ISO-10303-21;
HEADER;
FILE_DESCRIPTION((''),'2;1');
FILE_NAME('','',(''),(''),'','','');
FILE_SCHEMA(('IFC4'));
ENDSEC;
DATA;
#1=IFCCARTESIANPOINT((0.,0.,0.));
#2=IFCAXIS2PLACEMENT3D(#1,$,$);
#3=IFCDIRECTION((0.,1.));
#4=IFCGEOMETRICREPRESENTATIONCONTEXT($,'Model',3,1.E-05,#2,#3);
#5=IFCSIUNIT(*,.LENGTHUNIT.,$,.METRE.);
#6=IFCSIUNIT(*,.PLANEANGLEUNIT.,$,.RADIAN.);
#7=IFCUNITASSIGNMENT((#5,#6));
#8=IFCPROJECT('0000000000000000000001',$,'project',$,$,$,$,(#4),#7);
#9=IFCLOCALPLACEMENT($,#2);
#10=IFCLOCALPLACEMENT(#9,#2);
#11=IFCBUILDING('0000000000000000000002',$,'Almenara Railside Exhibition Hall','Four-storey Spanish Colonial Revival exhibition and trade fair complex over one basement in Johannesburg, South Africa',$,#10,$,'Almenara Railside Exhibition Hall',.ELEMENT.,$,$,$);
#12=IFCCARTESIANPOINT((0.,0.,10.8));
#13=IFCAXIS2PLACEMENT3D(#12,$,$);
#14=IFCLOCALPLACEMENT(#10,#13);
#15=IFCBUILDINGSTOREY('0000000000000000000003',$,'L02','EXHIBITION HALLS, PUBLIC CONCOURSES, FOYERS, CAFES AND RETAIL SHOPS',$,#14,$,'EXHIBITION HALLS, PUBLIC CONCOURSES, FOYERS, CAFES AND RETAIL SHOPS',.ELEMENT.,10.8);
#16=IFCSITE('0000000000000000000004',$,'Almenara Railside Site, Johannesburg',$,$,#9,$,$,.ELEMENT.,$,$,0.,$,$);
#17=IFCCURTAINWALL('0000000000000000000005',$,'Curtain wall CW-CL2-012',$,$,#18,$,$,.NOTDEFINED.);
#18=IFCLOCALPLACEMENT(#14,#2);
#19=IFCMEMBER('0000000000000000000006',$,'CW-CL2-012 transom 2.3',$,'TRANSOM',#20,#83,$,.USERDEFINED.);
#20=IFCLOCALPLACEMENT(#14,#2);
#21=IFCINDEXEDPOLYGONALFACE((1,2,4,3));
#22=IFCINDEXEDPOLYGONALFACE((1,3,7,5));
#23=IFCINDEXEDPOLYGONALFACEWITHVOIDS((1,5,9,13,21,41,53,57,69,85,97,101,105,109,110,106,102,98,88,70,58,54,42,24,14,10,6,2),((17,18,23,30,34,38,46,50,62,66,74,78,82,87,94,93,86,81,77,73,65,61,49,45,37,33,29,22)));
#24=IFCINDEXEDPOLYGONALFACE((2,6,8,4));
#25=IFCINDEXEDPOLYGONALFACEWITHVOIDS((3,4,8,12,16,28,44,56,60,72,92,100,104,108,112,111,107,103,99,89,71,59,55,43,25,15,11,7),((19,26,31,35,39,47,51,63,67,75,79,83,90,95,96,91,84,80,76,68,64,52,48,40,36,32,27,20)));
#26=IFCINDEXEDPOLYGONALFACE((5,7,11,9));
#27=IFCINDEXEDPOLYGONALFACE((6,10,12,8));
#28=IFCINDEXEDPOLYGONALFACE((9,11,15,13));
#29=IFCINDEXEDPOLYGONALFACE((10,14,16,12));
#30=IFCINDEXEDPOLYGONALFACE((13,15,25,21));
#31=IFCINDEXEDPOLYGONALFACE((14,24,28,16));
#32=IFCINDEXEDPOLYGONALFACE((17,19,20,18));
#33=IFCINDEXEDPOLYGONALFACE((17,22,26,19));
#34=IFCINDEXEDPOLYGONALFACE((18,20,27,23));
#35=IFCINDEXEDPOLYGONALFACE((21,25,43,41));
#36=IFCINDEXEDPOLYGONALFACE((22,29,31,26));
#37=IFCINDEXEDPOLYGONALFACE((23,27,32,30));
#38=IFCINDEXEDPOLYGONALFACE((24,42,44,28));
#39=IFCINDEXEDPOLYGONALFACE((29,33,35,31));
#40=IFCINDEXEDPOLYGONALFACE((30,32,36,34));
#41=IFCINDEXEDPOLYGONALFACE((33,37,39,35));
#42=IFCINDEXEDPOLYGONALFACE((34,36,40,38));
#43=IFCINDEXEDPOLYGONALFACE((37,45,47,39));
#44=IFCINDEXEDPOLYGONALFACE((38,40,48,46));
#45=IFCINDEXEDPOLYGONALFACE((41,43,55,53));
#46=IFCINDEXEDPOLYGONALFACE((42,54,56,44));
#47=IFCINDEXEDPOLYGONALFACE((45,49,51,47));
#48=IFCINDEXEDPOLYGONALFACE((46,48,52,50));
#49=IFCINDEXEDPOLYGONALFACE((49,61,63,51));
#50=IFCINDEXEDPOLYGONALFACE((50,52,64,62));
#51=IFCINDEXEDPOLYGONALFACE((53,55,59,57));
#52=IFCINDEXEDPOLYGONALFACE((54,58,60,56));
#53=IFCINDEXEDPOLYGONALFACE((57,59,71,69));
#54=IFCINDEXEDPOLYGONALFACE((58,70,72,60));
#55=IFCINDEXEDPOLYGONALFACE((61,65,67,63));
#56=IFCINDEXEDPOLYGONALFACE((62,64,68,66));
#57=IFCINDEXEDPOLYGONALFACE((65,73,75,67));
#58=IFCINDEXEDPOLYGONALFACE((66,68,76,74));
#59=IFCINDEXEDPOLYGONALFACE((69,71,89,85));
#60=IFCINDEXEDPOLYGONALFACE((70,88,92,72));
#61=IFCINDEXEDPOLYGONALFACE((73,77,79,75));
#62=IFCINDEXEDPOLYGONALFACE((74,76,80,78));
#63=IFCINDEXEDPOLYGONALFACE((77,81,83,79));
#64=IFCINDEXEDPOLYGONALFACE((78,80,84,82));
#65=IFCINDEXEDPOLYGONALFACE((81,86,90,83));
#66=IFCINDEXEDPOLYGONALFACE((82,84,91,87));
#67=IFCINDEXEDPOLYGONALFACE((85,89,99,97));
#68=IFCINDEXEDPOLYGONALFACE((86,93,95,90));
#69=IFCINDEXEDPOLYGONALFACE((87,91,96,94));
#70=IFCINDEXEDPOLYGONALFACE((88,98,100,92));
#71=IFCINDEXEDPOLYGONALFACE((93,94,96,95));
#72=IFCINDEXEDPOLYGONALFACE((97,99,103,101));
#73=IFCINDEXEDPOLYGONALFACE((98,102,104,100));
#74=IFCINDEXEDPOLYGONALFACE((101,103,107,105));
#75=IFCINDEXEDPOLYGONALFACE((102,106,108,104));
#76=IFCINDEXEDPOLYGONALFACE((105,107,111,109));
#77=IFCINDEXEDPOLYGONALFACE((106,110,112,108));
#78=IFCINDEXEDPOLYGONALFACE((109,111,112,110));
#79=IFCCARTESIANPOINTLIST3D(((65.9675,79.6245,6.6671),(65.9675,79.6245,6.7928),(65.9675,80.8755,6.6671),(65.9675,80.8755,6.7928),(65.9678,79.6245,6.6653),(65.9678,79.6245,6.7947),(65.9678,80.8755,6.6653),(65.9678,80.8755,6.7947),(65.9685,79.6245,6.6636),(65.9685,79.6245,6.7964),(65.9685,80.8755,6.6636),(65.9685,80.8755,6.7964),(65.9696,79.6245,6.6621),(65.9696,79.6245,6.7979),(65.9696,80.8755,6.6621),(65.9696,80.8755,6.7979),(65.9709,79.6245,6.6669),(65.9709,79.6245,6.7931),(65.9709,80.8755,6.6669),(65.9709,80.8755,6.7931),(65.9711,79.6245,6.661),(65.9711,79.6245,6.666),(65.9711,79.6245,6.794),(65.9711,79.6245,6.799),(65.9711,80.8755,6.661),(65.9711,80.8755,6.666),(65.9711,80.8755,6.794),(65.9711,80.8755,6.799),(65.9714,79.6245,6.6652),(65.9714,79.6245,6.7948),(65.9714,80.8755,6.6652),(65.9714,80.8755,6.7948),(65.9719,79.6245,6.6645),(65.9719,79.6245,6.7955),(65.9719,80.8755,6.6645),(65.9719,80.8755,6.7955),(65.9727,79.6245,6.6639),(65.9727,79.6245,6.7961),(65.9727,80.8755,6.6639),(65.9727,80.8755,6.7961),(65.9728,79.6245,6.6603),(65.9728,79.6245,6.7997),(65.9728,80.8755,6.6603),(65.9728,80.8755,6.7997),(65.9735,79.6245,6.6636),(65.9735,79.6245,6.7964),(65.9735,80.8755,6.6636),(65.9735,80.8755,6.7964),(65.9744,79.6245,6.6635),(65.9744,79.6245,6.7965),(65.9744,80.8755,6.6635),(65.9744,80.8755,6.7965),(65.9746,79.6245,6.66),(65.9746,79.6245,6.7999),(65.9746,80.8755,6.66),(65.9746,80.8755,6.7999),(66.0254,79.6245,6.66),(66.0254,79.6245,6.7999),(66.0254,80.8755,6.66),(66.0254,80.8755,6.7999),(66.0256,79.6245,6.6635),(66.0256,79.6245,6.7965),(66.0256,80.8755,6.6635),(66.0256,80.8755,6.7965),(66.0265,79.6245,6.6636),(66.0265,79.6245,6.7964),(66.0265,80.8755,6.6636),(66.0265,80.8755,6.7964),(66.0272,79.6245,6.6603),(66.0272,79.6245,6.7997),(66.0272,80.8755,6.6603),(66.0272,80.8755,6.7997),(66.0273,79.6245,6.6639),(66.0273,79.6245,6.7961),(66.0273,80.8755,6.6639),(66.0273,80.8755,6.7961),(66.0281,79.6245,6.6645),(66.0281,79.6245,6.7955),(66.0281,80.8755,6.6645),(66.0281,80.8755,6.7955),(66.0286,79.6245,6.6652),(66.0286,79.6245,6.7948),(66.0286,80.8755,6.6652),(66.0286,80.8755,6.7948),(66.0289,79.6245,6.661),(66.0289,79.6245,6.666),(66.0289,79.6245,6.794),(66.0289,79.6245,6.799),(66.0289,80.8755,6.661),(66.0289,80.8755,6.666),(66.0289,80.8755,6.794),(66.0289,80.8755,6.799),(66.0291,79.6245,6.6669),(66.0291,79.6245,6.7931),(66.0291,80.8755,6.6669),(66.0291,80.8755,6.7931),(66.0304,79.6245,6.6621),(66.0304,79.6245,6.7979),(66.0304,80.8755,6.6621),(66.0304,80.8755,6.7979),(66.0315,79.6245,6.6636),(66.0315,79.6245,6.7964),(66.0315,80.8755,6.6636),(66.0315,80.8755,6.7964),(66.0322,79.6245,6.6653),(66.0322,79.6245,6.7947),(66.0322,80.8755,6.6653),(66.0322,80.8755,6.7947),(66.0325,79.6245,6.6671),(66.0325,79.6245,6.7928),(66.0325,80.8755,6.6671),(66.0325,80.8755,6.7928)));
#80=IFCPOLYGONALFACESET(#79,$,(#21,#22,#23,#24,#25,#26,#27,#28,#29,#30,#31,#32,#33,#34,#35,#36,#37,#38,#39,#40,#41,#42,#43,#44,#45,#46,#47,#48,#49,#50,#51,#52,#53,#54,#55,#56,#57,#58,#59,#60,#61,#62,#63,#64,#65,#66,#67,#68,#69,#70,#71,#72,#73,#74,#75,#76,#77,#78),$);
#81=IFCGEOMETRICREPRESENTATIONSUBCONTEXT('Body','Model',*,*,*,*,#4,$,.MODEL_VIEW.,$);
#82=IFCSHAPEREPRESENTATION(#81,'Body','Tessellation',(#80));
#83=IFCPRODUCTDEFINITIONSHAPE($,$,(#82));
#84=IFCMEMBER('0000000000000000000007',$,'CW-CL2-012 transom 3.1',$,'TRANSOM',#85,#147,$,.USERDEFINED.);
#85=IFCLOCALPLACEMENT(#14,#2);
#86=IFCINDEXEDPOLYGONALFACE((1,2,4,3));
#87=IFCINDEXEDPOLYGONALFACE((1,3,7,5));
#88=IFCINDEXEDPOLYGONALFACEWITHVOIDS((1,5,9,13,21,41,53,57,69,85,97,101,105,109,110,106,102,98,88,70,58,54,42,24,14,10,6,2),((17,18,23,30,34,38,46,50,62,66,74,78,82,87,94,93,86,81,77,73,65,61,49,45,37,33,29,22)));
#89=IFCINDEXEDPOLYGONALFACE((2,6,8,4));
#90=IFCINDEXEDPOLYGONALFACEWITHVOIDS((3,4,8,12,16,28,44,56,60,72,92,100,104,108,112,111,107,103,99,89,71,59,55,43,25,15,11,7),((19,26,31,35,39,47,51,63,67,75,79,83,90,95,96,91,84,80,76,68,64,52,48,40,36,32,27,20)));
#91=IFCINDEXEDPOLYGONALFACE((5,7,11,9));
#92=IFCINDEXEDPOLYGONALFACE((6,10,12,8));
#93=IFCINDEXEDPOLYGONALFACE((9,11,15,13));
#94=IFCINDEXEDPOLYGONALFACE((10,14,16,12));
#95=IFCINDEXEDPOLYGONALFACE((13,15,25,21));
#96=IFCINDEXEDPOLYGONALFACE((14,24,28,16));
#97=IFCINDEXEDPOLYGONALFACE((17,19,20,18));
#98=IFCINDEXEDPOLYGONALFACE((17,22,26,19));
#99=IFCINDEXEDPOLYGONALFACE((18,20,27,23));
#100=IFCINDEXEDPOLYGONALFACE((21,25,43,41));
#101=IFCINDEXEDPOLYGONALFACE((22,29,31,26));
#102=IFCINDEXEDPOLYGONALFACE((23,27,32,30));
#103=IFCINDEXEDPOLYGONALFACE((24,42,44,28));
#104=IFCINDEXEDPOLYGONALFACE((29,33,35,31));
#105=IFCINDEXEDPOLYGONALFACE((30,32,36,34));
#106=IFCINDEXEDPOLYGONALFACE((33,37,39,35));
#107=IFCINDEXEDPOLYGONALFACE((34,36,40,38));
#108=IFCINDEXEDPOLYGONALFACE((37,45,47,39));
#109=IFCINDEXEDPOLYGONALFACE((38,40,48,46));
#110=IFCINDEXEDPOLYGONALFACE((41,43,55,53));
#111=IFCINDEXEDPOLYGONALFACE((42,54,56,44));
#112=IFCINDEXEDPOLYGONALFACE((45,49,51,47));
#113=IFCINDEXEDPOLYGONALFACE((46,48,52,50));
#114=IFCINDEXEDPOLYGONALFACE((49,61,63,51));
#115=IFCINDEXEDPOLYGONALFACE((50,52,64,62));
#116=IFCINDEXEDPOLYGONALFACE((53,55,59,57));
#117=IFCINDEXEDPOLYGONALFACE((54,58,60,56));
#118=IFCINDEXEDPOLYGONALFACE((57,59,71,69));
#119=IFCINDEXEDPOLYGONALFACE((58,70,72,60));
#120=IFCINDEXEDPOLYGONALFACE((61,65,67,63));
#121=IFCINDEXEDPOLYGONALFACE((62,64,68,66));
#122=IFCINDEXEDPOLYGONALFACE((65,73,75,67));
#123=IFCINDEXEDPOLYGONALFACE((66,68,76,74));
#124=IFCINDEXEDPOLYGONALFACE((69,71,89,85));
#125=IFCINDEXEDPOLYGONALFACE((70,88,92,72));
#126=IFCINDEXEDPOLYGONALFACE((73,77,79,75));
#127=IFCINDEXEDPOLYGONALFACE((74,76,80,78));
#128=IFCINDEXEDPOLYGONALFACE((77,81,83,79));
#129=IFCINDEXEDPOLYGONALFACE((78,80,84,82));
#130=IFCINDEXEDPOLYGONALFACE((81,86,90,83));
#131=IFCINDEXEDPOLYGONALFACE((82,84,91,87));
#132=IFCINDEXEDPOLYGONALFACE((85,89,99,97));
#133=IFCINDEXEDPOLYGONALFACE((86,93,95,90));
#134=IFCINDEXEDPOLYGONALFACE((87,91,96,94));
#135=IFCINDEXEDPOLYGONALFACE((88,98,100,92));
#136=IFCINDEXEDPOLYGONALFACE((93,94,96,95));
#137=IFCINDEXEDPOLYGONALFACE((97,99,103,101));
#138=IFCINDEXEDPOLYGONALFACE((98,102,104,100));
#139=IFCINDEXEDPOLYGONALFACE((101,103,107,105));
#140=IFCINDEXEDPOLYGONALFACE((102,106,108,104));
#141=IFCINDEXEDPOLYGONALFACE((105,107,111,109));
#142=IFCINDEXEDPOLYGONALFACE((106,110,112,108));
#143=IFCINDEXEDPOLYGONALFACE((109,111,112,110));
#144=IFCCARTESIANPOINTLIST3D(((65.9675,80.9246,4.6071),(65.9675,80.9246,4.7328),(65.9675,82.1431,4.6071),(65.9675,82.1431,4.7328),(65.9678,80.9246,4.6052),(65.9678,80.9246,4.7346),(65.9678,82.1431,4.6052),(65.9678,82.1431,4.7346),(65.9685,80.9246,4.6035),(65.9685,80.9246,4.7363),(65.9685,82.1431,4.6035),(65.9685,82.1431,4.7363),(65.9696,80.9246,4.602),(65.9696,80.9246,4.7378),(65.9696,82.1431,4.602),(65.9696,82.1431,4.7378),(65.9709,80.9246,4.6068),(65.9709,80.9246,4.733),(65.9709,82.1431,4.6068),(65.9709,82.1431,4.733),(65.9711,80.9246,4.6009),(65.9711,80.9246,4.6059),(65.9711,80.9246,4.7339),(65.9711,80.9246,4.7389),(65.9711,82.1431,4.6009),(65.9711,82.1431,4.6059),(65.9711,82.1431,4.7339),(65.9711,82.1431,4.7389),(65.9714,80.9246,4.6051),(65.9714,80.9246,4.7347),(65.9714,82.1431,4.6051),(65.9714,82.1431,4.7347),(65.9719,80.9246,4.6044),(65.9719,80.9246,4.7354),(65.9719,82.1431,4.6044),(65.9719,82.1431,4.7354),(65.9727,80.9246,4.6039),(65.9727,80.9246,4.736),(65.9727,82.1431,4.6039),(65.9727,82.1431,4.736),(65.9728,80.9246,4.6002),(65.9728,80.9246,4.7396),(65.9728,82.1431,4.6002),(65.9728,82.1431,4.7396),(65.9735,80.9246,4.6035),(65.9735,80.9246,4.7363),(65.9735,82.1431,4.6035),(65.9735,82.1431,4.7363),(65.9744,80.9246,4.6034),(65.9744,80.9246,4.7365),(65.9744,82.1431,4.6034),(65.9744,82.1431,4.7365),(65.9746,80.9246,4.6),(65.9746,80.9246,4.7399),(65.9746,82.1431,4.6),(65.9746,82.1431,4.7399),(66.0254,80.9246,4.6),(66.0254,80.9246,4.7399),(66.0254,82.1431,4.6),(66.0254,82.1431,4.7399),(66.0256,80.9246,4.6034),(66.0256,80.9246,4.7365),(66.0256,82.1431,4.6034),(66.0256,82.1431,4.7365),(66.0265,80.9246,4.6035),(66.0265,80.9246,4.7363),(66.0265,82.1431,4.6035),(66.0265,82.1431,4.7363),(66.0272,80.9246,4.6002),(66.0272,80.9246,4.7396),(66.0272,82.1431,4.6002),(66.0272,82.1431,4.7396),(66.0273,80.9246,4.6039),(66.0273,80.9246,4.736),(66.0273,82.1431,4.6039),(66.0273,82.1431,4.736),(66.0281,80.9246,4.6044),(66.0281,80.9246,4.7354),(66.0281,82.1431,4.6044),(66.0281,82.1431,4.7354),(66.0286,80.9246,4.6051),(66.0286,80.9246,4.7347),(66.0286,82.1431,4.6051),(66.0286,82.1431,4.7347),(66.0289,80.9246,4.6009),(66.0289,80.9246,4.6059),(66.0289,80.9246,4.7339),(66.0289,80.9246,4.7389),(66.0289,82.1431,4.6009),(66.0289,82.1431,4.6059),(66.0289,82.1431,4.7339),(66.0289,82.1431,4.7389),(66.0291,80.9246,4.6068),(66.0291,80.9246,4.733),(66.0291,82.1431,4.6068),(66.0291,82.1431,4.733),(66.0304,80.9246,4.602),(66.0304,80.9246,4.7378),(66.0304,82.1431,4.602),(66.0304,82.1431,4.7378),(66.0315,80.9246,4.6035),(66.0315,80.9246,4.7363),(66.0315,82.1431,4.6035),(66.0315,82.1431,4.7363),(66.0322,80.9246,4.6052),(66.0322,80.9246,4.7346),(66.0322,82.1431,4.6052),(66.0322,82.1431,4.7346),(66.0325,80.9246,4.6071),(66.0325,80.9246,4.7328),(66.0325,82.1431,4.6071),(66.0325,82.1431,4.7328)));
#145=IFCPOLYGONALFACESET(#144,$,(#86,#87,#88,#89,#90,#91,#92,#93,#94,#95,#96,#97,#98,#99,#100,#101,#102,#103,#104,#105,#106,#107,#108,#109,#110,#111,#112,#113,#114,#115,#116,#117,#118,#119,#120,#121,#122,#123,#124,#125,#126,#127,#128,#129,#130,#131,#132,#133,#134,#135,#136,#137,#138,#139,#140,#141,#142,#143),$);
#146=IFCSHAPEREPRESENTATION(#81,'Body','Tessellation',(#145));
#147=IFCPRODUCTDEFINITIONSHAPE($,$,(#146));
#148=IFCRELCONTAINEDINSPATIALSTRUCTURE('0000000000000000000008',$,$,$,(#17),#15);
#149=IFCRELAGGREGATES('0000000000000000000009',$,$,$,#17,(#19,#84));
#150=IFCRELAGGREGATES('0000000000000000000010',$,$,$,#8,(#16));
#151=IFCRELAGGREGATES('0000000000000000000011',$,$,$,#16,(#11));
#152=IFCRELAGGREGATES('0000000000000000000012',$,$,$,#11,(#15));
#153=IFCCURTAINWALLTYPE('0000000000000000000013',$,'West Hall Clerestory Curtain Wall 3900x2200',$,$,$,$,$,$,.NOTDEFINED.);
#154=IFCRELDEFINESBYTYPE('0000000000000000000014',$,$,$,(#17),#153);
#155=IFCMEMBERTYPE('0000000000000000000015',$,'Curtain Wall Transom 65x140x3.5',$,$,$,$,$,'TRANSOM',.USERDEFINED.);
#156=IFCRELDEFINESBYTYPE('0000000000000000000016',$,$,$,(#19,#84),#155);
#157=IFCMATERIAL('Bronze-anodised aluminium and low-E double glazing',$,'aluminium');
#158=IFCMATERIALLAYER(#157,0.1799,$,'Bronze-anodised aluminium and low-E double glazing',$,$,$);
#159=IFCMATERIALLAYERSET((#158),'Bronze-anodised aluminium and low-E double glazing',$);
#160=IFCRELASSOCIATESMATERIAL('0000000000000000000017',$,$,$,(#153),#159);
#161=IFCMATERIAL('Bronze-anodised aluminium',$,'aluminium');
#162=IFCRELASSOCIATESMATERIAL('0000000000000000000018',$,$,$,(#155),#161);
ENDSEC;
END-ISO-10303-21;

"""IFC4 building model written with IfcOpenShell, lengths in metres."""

from ifc_helpers import new_model, si_unit, direction, frame, origin, origin_2d, place, context, subcontext, project, spatial, hollow_rectangle, extrude, material, layer, layer_set, material_profile, profile_set, type_object, element, aggregate, save


model = new_model("IFC4")

# Units and contexts
model_context = context("Model", 3, precision=1e-05, world=origin(), true_north=direction((0.0, 1.0)))
body_context = subcontext(model_context, "Body", "Model", "MODEL_VIEW")
ifc_project = project(units=[si_unit("LENGTHUNIT", "METRE"), si_unit("PLANEANGLEUNIT", "RADIAN")], contexts=[model_context])

# Site, building, storey
site_placement = place(None, origin())
site = spatial("IfcSite", under=ifc_project, at=site_placement, Name="Almenara Railside Site, Johannesburg", CompositionType="ELEMENT", RefElevation=0.0)
building_placement = place(site_placement, origin())
building = spatial("IfcBuilding", under=site, at=building_placement, Name="Almenara Railside Exhibition Hall", Description="Four-storey Spanish Colonial Revival exhibition and trade fair complex over one basement in Johannesburg, South Africa", LongName="Almenara Railside Exhibition Hall", CompositionType="ELEMENT")
storey_placement = place(building_placement, frame((0.0, 0.0, 10.8)))
storey = spatial("IfcBuildingStorey", under=building, at=storey_placement, Name="L02", Description="EXHIBITION HALLS, PUBLIC CONCOURSES, FOYERS, CAFES AND RETAIL SHOPS", LongName="EXHIBITION HALLS, PUBLIC CONCOURSES, FOYERS, CAFES AND RETAIL SHOPS", CompositionType="ELEMENT", Elevation=10.8)

# Curtain wall
ifc_material_1 = material(Name="Bronze-anodised aluminium and low-E double glazing", Category="aluminium")
ifc_layer_1 = layer(ifc_material_1, 0.1799, Name="Bronze-anodised aluminium and low-E double glazing")
ifc_layer_set_1 = layer_set([ifc_layer_1], Name="Bronze-anodised aluminium and low-E double glazing")
curtain_wall_type_1 = type_object("IfcCurtainWallType", Name="West Hall Clerestory Curtain Wall 3900x2200", PredefinedType="NOTDEFINED", material=ifc_layer_set_1)
curtain_wall_1_placement = place(storey_placement, origin())
curtain_wall_1 = element("IfcCurtainWall", 1, at=curtain_wall_1_placement, inside=storey, type_object=curtain_wall_type_1, Name="Curtain wall CW-CL2-012", PredefinedType="NOTDEFINED")
ifc_material_2 = material(Name="Bronze-anodised aluminium", Category="aluminium")

# Members
ifc_material_profile_1 = material_profile(ifc_material_2, hollow_rectangle(XDim=0.0649, YDim=0.1399, WallThickness=0.0034, InnerFilletRadius=0.0034, OuterFilletRadius=0.0071, at=origin_2d()), Name="ALU-TRN 65x140x3.5")
ifc_profile_set_1 = profile_set([ifc_material_profile_1], Name="Bronze-anodised aluminium")
member_type_1 = type_object("IfcMemberType", Name="Curtain Wall Transom 65x140x3.5", ElementType="TRANSOM", PredefinedType="USERDEFINED", material=ifc_profile_set_1)
member_1_placement = place(storey_placement, frame((66.0, 79.6245, 6.73), z_axis=(0.0, 1.0, 0.0), x_axis=(-1.0, 0.0, 0.0)))
member_1 = element("IfcMember", 2, at=member_1_placement, type_object=member_type_1, Name="CW-CL2-012 transom 2.3", ObjectType="TRANSOM", PredefinedType="USERDEFINED", context=body_context, shape_type="SweptSolid", body=[
    extrude(hollow_rectangle(XDim=0.0649, YDim=0.1399, WallThickness=0.0034, InnerFilletRadius=0.0034, OuterFilletRadius=0.0071, at=origin_2d()), origin(), (0.0, 0.0, 1.0), 1.251),
])
member_2_placement = place(storey_placement, frame((66.0, 80.9246, 4.6699), z_axis=(0.0, 1.0, 0.0), x_axis=(-1.0, 0.0, 0.0)))
member_2 = element("IfcMember", 3, at=member_2_placement, type_object=member_type_1, Name="CW-CL2-012 transom 3.1", ObjectType="TRANSOM", PredefinedType="USERDEFINED", context=body_context, shape_type="SweptSolid", body=[
    extrude(hollow_rectangle(XDim=0.0649, YDim=0.1399, WallThickness=0.0034, InnerFilletRadius=0.0034, OuterFilletRadius=0.0071, at=origin_2d()), origin(), (0.0, 0.0, 1.0), 1.2185),
])

aggregate(curtain_wall_1, [member_1, member_2])

save(model, "model.ifc")
